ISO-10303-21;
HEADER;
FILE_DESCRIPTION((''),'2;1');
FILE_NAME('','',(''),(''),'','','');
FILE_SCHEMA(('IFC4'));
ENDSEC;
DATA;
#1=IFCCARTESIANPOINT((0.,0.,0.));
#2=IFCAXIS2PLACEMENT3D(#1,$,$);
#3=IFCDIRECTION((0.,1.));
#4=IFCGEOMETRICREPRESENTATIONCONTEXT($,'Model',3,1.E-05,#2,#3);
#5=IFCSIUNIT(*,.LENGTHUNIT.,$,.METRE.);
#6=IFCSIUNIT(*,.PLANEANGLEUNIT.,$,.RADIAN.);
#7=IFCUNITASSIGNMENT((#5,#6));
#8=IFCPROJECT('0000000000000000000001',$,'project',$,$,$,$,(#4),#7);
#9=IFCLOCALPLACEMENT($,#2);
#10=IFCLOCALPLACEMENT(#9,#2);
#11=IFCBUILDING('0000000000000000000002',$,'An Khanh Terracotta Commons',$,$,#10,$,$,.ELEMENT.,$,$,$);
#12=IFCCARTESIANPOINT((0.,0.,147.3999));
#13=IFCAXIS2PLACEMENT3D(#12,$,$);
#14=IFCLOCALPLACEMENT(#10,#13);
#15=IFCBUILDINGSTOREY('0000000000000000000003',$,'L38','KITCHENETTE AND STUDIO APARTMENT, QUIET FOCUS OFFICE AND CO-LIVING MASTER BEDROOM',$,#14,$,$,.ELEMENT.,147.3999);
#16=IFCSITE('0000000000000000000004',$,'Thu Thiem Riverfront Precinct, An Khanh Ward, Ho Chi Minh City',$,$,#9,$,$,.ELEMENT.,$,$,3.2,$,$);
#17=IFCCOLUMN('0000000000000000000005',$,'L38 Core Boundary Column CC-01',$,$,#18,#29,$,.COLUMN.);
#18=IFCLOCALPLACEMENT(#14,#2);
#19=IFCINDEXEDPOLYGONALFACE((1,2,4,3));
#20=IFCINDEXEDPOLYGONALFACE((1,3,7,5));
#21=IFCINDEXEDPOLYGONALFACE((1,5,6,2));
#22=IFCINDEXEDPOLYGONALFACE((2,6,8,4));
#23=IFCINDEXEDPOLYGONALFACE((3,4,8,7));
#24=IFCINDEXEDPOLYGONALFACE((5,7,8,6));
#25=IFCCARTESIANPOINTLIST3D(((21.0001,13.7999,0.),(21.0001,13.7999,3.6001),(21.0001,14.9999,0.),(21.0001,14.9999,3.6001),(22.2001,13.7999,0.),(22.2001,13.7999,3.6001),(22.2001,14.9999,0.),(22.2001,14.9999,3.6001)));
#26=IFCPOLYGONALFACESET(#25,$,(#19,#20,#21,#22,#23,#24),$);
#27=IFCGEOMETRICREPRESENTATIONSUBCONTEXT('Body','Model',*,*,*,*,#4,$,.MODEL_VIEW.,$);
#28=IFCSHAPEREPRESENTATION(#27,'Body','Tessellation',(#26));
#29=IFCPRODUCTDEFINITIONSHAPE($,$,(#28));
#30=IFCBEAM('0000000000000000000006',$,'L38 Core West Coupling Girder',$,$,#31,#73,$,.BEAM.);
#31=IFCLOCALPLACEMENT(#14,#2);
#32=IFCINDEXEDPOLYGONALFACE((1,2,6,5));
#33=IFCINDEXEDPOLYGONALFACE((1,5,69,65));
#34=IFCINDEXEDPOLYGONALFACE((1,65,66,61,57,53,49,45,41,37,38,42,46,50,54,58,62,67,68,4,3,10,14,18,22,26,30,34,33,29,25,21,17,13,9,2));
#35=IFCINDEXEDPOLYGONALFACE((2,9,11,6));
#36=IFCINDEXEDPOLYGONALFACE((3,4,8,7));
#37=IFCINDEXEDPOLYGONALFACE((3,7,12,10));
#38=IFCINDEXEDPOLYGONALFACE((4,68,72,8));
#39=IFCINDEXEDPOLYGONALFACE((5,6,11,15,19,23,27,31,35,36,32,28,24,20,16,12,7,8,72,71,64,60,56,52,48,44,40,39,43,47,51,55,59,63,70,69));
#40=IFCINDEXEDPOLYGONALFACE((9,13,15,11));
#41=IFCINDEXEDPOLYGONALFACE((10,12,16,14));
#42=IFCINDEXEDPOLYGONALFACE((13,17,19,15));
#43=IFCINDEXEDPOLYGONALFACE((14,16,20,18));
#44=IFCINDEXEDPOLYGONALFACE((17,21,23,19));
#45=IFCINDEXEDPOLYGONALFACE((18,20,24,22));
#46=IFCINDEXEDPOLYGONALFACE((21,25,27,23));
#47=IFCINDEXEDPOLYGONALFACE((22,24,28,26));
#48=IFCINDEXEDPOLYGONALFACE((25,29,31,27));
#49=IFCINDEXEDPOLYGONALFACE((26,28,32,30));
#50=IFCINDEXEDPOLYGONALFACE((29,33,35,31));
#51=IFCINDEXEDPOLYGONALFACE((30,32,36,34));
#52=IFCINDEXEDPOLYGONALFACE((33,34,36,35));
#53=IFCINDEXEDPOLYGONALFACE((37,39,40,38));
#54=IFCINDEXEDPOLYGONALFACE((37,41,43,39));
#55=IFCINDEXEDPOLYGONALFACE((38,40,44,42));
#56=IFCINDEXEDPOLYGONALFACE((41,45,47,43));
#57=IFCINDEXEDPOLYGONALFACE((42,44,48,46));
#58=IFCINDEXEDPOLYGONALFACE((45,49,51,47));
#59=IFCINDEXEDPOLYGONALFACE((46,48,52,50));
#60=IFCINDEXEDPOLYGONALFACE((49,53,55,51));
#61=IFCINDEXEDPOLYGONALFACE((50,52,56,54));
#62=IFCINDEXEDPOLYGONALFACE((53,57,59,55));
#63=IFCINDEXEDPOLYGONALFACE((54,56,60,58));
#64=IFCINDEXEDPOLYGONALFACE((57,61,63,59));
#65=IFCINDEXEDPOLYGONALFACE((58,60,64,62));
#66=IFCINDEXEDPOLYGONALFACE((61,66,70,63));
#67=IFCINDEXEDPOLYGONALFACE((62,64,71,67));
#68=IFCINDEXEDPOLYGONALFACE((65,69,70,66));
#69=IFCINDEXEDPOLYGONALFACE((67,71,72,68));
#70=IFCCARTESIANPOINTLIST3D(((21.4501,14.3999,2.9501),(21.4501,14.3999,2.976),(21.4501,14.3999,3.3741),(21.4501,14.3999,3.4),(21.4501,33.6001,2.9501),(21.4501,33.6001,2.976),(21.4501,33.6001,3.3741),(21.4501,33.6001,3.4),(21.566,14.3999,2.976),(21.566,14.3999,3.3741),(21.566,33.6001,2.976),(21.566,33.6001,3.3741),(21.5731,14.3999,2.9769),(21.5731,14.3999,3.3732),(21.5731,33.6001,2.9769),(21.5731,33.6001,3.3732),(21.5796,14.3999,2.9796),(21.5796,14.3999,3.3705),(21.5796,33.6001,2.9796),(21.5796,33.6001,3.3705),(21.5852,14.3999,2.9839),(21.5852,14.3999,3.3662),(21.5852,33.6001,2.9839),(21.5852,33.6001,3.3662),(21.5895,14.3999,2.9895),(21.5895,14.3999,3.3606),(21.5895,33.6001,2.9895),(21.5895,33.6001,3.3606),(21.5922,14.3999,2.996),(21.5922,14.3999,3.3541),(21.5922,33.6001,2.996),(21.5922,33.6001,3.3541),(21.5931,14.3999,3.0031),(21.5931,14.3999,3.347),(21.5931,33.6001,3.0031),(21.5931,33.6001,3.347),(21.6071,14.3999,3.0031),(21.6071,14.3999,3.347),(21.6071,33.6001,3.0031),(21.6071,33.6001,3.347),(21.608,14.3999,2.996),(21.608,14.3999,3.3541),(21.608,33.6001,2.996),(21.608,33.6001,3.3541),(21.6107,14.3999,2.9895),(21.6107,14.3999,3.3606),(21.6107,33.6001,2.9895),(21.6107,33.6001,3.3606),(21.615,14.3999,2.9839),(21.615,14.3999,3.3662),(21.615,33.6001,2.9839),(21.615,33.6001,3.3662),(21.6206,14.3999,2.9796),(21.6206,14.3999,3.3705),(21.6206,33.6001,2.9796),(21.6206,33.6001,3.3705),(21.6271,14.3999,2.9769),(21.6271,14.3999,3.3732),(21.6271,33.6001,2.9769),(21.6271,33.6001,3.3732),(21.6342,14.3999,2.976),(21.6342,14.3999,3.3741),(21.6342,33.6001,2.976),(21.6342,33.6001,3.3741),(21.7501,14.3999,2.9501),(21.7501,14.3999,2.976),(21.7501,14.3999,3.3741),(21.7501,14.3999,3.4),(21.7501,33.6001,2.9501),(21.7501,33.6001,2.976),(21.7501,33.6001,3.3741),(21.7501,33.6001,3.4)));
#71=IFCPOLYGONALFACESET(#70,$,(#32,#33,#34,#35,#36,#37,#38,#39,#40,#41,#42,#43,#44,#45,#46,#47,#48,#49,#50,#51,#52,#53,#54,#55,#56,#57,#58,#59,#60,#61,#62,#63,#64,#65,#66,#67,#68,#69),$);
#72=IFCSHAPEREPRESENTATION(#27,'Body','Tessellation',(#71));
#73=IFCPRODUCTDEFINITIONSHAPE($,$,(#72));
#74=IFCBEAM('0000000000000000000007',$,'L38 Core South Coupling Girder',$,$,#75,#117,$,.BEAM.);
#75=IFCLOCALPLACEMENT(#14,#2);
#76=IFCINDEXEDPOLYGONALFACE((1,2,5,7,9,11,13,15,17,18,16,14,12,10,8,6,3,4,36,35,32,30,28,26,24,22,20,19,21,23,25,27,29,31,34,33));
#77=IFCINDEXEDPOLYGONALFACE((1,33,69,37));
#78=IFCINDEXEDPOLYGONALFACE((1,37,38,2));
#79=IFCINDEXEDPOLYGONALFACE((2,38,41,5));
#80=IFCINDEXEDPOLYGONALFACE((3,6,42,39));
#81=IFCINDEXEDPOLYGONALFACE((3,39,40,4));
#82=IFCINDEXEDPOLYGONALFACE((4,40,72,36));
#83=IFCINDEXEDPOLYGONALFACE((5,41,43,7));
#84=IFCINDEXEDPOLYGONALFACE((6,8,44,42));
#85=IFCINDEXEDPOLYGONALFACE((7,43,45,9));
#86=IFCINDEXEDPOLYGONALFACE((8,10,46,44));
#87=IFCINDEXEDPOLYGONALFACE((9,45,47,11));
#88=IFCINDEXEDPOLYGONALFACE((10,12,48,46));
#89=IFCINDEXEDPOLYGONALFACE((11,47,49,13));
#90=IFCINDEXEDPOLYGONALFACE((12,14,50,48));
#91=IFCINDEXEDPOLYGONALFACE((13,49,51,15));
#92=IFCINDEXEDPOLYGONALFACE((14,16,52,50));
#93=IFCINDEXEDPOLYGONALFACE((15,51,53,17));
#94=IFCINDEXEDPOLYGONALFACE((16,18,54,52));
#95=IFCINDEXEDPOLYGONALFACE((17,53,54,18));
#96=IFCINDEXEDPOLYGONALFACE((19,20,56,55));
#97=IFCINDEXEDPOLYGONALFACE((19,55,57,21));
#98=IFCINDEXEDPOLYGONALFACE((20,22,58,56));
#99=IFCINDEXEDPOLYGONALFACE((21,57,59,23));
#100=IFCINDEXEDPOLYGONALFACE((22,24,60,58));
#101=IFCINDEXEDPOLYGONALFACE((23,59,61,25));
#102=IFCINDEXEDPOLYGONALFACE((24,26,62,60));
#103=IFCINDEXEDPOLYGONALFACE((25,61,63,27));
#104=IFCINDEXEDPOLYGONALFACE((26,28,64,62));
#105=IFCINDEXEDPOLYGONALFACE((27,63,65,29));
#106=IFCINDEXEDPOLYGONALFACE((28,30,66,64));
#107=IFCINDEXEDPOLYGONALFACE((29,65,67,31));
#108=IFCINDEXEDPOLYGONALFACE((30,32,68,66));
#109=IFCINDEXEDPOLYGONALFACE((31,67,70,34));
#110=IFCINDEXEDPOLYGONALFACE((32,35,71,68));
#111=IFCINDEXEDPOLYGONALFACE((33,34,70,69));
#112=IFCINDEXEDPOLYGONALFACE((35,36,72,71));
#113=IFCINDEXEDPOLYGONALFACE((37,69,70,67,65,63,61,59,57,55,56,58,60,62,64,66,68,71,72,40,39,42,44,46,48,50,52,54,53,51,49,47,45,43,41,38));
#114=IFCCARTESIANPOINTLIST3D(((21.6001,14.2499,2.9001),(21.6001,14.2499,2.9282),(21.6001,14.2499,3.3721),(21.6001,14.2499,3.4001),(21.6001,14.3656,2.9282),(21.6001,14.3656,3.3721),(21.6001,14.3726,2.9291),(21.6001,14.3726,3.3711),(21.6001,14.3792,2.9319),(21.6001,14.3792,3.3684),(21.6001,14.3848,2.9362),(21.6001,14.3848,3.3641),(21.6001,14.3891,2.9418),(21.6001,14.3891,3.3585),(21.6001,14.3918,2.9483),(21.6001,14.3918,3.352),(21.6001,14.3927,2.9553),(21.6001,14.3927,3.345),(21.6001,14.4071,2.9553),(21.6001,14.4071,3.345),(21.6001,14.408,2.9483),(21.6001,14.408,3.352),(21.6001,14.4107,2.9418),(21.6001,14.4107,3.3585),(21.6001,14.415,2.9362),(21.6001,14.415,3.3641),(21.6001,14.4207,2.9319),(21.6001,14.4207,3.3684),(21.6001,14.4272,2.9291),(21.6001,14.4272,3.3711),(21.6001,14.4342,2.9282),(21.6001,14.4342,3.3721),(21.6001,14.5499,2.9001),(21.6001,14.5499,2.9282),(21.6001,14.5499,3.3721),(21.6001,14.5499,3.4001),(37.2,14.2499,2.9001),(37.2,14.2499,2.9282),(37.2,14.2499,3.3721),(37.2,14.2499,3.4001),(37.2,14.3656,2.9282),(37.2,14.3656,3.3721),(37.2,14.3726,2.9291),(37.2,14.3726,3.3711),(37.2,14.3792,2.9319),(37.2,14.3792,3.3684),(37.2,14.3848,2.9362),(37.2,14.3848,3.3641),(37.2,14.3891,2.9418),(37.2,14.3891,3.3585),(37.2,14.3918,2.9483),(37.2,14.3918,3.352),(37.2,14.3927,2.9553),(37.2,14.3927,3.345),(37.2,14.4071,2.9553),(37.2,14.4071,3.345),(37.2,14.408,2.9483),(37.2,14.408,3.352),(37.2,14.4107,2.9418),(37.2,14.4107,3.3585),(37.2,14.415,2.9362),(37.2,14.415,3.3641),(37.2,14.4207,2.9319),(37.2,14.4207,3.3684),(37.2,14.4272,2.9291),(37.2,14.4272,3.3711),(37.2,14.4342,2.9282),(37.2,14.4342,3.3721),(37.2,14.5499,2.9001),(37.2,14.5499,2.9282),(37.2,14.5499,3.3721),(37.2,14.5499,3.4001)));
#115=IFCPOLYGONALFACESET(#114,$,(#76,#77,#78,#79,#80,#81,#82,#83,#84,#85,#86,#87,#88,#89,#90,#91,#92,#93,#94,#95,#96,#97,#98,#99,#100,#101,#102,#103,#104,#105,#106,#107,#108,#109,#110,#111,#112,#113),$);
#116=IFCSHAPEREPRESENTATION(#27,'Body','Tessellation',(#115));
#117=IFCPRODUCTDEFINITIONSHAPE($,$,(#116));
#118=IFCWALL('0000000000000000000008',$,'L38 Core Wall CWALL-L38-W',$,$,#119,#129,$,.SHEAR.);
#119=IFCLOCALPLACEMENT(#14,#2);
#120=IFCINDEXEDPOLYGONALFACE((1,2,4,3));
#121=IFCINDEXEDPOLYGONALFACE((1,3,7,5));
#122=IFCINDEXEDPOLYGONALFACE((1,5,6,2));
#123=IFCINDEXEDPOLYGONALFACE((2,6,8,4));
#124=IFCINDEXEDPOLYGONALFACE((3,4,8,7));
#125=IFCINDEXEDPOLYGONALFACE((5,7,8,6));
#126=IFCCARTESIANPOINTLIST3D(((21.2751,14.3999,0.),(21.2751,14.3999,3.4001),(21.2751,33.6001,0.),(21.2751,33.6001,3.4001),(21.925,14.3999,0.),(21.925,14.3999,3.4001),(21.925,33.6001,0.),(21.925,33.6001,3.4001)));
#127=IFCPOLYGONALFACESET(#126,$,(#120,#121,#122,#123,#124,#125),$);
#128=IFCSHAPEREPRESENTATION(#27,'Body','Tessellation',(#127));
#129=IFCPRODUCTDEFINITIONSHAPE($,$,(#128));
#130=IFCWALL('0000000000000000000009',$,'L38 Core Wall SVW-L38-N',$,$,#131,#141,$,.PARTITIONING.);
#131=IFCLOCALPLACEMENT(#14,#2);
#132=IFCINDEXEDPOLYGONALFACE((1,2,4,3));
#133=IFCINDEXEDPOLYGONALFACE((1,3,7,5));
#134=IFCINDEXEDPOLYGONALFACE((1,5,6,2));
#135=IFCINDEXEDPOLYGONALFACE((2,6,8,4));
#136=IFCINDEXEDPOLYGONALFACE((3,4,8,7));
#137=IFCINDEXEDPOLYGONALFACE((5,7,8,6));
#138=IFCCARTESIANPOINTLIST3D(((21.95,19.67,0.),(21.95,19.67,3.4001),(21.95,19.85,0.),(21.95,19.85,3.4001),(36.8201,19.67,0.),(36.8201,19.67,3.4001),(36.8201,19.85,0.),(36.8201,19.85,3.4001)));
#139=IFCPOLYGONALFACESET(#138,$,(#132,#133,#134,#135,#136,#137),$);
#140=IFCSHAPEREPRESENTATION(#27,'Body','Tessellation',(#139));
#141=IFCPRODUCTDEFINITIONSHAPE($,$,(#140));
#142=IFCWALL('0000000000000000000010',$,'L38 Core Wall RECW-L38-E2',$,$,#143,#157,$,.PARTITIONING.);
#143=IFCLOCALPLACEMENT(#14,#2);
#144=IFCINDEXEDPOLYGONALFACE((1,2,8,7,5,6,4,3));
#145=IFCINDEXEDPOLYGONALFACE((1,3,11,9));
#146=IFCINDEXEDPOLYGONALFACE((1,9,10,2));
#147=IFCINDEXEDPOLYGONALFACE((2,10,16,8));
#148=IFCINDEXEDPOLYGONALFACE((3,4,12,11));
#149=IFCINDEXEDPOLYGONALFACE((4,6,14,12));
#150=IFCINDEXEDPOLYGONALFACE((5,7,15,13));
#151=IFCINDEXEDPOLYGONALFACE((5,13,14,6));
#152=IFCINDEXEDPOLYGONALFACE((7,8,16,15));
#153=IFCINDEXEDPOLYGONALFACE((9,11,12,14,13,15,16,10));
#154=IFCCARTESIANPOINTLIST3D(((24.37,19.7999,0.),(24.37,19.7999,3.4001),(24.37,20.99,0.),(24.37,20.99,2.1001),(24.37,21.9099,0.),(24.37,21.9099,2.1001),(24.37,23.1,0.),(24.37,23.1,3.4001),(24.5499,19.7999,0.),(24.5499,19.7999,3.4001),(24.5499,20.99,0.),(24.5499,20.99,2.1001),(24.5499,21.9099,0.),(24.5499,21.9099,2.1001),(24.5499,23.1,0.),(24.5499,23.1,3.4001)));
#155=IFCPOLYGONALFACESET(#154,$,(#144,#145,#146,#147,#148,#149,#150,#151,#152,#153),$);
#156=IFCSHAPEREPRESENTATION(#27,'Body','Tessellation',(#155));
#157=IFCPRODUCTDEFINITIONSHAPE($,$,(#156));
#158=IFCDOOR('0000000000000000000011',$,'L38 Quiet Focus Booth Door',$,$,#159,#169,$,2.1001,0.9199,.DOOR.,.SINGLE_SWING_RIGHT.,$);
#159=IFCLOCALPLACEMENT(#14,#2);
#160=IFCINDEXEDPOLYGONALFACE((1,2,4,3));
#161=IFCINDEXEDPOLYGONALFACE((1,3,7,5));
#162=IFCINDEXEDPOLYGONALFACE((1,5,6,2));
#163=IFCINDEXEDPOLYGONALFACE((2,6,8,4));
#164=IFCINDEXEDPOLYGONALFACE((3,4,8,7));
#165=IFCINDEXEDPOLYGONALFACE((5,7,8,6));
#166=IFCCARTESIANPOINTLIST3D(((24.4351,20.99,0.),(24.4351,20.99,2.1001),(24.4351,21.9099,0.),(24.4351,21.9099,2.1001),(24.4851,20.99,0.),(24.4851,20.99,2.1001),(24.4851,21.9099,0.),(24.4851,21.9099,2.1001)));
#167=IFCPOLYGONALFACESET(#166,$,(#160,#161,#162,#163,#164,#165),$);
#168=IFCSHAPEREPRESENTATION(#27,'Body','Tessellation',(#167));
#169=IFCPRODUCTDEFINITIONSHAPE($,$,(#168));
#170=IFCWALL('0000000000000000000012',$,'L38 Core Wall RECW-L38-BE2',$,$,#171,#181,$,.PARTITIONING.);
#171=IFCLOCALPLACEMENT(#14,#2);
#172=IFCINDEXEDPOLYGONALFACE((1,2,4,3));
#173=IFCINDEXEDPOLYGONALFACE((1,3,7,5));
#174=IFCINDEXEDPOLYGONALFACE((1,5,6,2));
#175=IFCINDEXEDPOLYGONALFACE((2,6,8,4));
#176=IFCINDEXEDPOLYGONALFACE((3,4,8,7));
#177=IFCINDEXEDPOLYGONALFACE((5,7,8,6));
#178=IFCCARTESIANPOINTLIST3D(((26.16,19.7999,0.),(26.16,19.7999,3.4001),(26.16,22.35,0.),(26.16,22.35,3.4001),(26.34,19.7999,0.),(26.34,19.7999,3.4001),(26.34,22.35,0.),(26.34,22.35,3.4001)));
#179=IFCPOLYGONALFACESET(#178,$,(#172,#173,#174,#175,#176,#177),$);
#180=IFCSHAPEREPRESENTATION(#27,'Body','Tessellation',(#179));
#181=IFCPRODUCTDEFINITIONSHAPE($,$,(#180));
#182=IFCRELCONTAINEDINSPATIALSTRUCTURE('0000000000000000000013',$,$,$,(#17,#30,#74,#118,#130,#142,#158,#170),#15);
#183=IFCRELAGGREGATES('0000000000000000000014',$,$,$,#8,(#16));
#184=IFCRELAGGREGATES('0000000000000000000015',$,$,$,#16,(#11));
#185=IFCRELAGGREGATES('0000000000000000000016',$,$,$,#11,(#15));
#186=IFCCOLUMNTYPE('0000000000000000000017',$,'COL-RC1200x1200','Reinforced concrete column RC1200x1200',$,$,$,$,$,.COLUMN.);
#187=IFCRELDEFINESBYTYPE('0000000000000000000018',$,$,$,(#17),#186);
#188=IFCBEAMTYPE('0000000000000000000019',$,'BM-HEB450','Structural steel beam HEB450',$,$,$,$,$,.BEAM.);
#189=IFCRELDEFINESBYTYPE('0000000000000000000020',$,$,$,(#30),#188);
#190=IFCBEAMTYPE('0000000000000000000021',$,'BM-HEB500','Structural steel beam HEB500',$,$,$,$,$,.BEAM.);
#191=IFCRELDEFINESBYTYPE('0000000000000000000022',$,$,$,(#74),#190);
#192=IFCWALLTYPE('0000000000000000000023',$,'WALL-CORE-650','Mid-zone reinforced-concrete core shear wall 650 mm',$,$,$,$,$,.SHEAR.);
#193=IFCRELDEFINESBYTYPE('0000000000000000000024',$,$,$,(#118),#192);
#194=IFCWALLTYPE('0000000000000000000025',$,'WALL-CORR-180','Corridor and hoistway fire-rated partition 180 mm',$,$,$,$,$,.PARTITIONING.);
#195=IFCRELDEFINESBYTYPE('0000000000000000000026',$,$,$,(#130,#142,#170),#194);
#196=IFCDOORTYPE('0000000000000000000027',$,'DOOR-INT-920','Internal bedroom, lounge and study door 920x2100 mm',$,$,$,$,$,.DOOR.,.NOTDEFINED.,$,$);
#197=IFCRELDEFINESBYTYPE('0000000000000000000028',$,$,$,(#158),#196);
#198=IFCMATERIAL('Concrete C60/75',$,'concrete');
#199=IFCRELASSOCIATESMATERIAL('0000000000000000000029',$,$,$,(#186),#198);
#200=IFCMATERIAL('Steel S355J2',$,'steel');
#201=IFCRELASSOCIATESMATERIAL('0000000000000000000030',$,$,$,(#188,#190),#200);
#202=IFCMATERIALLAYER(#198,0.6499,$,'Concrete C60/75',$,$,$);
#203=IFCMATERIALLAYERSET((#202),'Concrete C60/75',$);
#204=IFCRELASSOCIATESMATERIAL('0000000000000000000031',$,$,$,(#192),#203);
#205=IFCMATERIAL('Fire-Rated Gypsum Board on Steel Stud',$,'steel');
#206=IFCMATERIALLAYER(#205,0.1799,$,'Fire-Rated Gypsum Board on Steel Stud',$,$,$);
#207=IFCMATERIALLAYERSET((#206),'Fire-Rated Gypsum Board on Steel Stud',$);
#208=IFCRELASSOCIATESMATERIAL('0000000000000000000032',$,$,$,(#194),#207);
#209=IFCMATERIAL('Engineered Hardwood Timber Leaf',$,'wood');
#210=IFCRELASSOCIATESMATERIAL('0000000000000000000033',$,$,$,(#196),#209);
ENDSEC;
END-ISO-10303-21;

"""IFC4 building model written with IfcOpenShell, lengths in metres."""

from ifc_helpers import new_model, si_unit, direction, frame, frame_2d, origin, origin_2d, place, context, subcontext, project, spatial, rectangle, i_section, extrude, material, layer, layer_set, material_profile, profile_set, type_object, element, fill, save


model = new_model("IFC4")

# Units and contexts
model_context = context("Model", 3, precision=1e-05, world=origin(), true_north=direction((0.0, 1.0)))
body_context = subcontext(model_context, "Body", "Model", "MODEL_VIEW")
ifc_project = project(units=[si_unit("LENGTHUNIT", "METRE"), si_unit("PLANEANGLEUNIT", "RADIAN")], contexts=[model_context])

# Site, building, storey
site_placement = place(None, origin())
site = spatial("IfcSite", under=ifc_project, at=site_placement, Name="Thu Thiem Riverfront Precinct, An Khanh Ward, Ho Chi Minh City", CompositionType="ELEMENT", RefElevation=3.2)
building_placement = place(site_placement, origin())
building = spatial("IfcBuilding", under=site, at=building_placement, Name="An Khanh Terracotta Commons", CompositionType="ELEMENT")
storey_placement = place(building_placement, frame((0.0, 0.0, 147.3999)))
storey = spatial("IfcBuildingStorey", under=building, at=storey_placement, Name="L38", Description="KITCHENETTE AND STUDIO APARTMENT, QUIET FOCUS OFFICE AND CO-LIVING MASTER BEDROOM", CompositionType="ELEMENT", Elevation=147.3999)

# Column
ifc_material_1 = material(Name="Concrete C60/75", Category="concrete")
ifc_material_profile_1 = material_profile(ifc_material_1, rectangle(XDim=1.2, YDim=1.2, at=origin_2d()), Name="RC1200x1200")
ifc_profile_set_1 = profile_set([ifc_material_profile_1], Name="Concrete C60/75")
column_type = type_object("IfcColumnType", Name="COL-RC1200x1200", Description="Reinforced concrete column RC1200x1200", PredefinedType="COLUMN", material=ifc_profile_set_1)
column_placement = place(storey_placement, frame((21.6001, 14.3999, 0.0), z_axis=(0.0, 0.0, 1.0), x_axis=(1.0, 0.0, 0.0)))
element("IfcColumn", 1, at=column_placement, inside=storey, type_object=column_type, Name="L38 Core Boundary Column CC-01", PredefinedType="COLUMN", context=body_context, shape_type="SweptSolid", body=[
    extrude(rectangle(XDim=1.2, YDim=1.2, at=origin_2d()), origin(), (0.0, 0.0, 1.0), 3.6001),
])

# Beams
ifc_material_2 = material(Name="Steel S355J2", Category="steel")
ifc_material_profile_2 = material_profile(ifc_material_2, i_section(OverallWidth=0.3, OverallDepth=0.45, WebThickness=0.0139, FlangeThickness=0.0259, FilletRadius=0.0271, at=origin_2d()), Name="HEB450")
ifc_profile_set_2 = profile_set([ifc_material_profile_2], Name="Steel S355J2")
beam_type_1 = type_object("IfcBeamType", Name="BM-HEB450", Description="Structural steel beam HEB450", PredefinedType="BEAM", material=ifc_profile_set_2)
beam_1_placement = place(storey_placement, frame((21.6001, 14.3999, 3.175), z_axis=(0.0, 1.0, 0.0), x_axis=(-1.0, 0.0, 0.0)))
element("IfcBeam", 2, at=beam_1_placement, inside=storey, type_object=beam_type_1, Name="L38 Core West Coupling Girder", PredefinedType="BEAM", context=body_context, shape_type="SweptSolid", body=[
    extrude(i_section(OverallWidth=0.3, OverallDepth=0.45, WebThickness=0.0139, FlangeThickness=0.0259, FilletRadius=0.0271, at=origin_2d()), origin(), (0.0, 0.0, 1.0), 19.2002),
])
ifc_material_profile_3 = material_profile(ifc_material_2, i_section(OverallWidth=0.3, OverallDepth=0.5, WebThickness=0.0144, FlangeThickness=0.0281, FilletRadius=0.0271, at=origin_2d()), Name="HEB500")
ifc_profile_set_3 = profile_set([ifc_material_profile_3], Name="Steel S355J2")
beam_type_2 = type_object("IfcBeamType", Name="BM-HEB500", Description="Structural steel beam HEB500", PredefinedType="BEAM", material=ifc_profile_set_3)
beam_2_placement = place(storey_placement, frame((21.6001, 14.3999, 3.1501), z_axis=(1.0, 0.0, 0.0), x_axis=(0.0, 1.0, 0.0)))
element("IfcBeam", 3, at=beam_2_placement, inside=storey, type_object=beam_type_2, Name="L38 Core South Coupling Girder", PredefinedType="BEAM", context=body_context, shape_type="SweptSolid", body=[
    extrude(i_section(OverallWidth=0.3, OverallDepth=0.5, WebThickness=0.0144, FlangeThickness=0.0281, FilletRadius=0.0271, at=origin_2d()), origin(), (0.0, 0.0, 1.0), 15.5999),
])

# Walls
ifc_layer_1 = layer(ifc_material_1, 0.6499, Name="Concrete C60/75")
ifc_layer_set_1 = layer_set([ifc_layer_1], Name="Concrete C60/75")
wall_type_1 = type_object("IfcWallType", Name="WALL-CORE-650", Description="Mid-zone reinforced-concrete core shear wall 650 mm", PredefinedType="SHEAR", material=ifc_layer_set_1)
wall_1_placement = place(storey_placement, frame((21.6001, 14.3999, 0.0), z_axis=(0.0, 0.0, 1.0), x_axis=(0.0, 1.0, 0.0)))
element("IfcWall", 4, at=wall_1_placement, inside=storey, type_object=wall_type_1, Name="L38 Core Wall CWALL-L38-W", PredefinedType="SHEAR", context=body_context, shape_type="SweptSolid", body=[
    extrude(rectangle(XDim=19.2002, YDim=0.6499, at=frame_2d((9.6001, 0.0))), origin(), (0.0, 0.0, 1.0), 3.4001),
])
ifc_material_3 = material(Name="Fire-Rated Gypsum Board on Steel Stud", Category="steel")
ifc_layer_2 = layer(ifc_material_3, 0.1799, Name="Fire-Rated Gypsum Board on Steel Stud")
ifc_layer_set_2 = layer_set([ifc_layer_2], Name="Fire-Rated Gypsum Board on Steel Stud")
wall_type_2 = type_object("IfcWallType", Name="WALL-CORR-180", Description="Corridor and hoistway fire-rated partition 180 mm", PredefinedType="PARTITIONING", material=ifc_layer_set_2)
wall_2_placement = place(storey_placement, frame((21.95, 19.76, 0.0), z_axis=(0.0, 0.0, 1.0), x_axis=(1.0, 0.0, 0.0)))
element("IfcWall", 5, at=wall_2_placement, inside=storey, type_object=wall_type_2, Name="L38 Core Wall SVW-L38-N", PredefinedType="PARTITIONING", context=body_context, shape_type="SweptSolid", body=[
    extrude(rectangle(XDim=14.8701, YDim=0.1799, at=frame_2d((7.4351, 0.0))), origin(), (0.0, 0.0, 1.0), 3.4001),
])

# Wall, opening, door
wall_3_placement = place(storey_placement, frame((24.46, 19.8, 0.0), z_axis=(0.0, 0.0, 1.0), x_axis=(0.0, 1.0, 0.0)))
wall_3 = element("IfcWall", 6, at=wall_3_placement, inside=storey, type_object=wall_type_2, Name="L38 Core Wall RECW-L38-E2", PredefinedType="PARTITIONING", context=body_context, shape_type="SweptSolid", body=[
    extrude(rectangle(XDim=3.3, YDim=0.1799, at=frame_2d((1.6499, 0.0))), origin(), (0.0, 0.0, 1.0), 3.4001),
])
opening_1_placement = place(wall_3_placement, frame((1.1899, 0.0, 0.0)))
opening_1 = element("IfcOpeningElement", 7, at=opening_1_placement, cuts=wall_3, PredefinedType="OPENING", context=body_context, shape_type="SweptSolid", body=[
    extrude(rectangle(XDim=0.9199, YDim=2.1001, at=frame_2d((0.46, 1.05))), frame((0.0, 0.0999, 0.0), z_axis=(0.0, -1.0, 0.0), x_axis=(1.0, 0.0, 0.0)), (0.0, 0.0, 1.0), 0.2),
])
ifc_material_4 = material(Name="Engineered Hardwood Timber Leaf", Category="wood")
door_type_1 = type_object("IfcDoorType", Name="DOOR-INT-920", Description="Internal bedroom, lounge and study door 920x2100 mm", OperationType="NOTDEFINED", PredefinedType="DOOR", material=ifc_material_4)
door_1_placement = place(opening_1_placement, origin())
door_1 = element("IfcDoor", 8, at=door_1_placement, inside=storey, type_object=door_type_1, Name="L38 Quiet Focus Booth Door", OperationType="SINGLE_SWING_RIGHT", OverallHeight=2.1001, OverallWidth=0.9199, PredefinedType="DOOR", context=body_context, shape_type="SweptSolid", body=[
    extrude(rectangle(XDim=0.9199, YDim=2.1001, at=frame_2d((0.46, 1.05))), frame((0.0, 0.0249, 0.0), z_axis=(0.0, -1.0, 0.0), x_axis=(1.0, 0.0, 0.0)), (0.0, 0.0, 1.0), 0.05),
])
fill(opening_1, door_1)

# Wall
wall_4_placement = place(storey_placement, frame((26.25, 19.8, 0.0), z_axis=(0.0, 0.0, 1.0), x_axis=(0.0, 1.0, 0.0)))
element("IfcWall", 9, at=wall_4_placement, inside=storey, type_object=wall_type_2, Name="L38 Core Wall RECW-L38-BE2", PredefinedType="PARTITIONING", context=body_context, shape_type="SweptSolid", body=[
    extrude(rectangle(XDim=2.55, YDim=0.1799, at=frame_2d((1.2749, 0.0))), origin(), (0.0, 0.0, 1.0), 3.4001),
])

save(model, "model.ifc")
